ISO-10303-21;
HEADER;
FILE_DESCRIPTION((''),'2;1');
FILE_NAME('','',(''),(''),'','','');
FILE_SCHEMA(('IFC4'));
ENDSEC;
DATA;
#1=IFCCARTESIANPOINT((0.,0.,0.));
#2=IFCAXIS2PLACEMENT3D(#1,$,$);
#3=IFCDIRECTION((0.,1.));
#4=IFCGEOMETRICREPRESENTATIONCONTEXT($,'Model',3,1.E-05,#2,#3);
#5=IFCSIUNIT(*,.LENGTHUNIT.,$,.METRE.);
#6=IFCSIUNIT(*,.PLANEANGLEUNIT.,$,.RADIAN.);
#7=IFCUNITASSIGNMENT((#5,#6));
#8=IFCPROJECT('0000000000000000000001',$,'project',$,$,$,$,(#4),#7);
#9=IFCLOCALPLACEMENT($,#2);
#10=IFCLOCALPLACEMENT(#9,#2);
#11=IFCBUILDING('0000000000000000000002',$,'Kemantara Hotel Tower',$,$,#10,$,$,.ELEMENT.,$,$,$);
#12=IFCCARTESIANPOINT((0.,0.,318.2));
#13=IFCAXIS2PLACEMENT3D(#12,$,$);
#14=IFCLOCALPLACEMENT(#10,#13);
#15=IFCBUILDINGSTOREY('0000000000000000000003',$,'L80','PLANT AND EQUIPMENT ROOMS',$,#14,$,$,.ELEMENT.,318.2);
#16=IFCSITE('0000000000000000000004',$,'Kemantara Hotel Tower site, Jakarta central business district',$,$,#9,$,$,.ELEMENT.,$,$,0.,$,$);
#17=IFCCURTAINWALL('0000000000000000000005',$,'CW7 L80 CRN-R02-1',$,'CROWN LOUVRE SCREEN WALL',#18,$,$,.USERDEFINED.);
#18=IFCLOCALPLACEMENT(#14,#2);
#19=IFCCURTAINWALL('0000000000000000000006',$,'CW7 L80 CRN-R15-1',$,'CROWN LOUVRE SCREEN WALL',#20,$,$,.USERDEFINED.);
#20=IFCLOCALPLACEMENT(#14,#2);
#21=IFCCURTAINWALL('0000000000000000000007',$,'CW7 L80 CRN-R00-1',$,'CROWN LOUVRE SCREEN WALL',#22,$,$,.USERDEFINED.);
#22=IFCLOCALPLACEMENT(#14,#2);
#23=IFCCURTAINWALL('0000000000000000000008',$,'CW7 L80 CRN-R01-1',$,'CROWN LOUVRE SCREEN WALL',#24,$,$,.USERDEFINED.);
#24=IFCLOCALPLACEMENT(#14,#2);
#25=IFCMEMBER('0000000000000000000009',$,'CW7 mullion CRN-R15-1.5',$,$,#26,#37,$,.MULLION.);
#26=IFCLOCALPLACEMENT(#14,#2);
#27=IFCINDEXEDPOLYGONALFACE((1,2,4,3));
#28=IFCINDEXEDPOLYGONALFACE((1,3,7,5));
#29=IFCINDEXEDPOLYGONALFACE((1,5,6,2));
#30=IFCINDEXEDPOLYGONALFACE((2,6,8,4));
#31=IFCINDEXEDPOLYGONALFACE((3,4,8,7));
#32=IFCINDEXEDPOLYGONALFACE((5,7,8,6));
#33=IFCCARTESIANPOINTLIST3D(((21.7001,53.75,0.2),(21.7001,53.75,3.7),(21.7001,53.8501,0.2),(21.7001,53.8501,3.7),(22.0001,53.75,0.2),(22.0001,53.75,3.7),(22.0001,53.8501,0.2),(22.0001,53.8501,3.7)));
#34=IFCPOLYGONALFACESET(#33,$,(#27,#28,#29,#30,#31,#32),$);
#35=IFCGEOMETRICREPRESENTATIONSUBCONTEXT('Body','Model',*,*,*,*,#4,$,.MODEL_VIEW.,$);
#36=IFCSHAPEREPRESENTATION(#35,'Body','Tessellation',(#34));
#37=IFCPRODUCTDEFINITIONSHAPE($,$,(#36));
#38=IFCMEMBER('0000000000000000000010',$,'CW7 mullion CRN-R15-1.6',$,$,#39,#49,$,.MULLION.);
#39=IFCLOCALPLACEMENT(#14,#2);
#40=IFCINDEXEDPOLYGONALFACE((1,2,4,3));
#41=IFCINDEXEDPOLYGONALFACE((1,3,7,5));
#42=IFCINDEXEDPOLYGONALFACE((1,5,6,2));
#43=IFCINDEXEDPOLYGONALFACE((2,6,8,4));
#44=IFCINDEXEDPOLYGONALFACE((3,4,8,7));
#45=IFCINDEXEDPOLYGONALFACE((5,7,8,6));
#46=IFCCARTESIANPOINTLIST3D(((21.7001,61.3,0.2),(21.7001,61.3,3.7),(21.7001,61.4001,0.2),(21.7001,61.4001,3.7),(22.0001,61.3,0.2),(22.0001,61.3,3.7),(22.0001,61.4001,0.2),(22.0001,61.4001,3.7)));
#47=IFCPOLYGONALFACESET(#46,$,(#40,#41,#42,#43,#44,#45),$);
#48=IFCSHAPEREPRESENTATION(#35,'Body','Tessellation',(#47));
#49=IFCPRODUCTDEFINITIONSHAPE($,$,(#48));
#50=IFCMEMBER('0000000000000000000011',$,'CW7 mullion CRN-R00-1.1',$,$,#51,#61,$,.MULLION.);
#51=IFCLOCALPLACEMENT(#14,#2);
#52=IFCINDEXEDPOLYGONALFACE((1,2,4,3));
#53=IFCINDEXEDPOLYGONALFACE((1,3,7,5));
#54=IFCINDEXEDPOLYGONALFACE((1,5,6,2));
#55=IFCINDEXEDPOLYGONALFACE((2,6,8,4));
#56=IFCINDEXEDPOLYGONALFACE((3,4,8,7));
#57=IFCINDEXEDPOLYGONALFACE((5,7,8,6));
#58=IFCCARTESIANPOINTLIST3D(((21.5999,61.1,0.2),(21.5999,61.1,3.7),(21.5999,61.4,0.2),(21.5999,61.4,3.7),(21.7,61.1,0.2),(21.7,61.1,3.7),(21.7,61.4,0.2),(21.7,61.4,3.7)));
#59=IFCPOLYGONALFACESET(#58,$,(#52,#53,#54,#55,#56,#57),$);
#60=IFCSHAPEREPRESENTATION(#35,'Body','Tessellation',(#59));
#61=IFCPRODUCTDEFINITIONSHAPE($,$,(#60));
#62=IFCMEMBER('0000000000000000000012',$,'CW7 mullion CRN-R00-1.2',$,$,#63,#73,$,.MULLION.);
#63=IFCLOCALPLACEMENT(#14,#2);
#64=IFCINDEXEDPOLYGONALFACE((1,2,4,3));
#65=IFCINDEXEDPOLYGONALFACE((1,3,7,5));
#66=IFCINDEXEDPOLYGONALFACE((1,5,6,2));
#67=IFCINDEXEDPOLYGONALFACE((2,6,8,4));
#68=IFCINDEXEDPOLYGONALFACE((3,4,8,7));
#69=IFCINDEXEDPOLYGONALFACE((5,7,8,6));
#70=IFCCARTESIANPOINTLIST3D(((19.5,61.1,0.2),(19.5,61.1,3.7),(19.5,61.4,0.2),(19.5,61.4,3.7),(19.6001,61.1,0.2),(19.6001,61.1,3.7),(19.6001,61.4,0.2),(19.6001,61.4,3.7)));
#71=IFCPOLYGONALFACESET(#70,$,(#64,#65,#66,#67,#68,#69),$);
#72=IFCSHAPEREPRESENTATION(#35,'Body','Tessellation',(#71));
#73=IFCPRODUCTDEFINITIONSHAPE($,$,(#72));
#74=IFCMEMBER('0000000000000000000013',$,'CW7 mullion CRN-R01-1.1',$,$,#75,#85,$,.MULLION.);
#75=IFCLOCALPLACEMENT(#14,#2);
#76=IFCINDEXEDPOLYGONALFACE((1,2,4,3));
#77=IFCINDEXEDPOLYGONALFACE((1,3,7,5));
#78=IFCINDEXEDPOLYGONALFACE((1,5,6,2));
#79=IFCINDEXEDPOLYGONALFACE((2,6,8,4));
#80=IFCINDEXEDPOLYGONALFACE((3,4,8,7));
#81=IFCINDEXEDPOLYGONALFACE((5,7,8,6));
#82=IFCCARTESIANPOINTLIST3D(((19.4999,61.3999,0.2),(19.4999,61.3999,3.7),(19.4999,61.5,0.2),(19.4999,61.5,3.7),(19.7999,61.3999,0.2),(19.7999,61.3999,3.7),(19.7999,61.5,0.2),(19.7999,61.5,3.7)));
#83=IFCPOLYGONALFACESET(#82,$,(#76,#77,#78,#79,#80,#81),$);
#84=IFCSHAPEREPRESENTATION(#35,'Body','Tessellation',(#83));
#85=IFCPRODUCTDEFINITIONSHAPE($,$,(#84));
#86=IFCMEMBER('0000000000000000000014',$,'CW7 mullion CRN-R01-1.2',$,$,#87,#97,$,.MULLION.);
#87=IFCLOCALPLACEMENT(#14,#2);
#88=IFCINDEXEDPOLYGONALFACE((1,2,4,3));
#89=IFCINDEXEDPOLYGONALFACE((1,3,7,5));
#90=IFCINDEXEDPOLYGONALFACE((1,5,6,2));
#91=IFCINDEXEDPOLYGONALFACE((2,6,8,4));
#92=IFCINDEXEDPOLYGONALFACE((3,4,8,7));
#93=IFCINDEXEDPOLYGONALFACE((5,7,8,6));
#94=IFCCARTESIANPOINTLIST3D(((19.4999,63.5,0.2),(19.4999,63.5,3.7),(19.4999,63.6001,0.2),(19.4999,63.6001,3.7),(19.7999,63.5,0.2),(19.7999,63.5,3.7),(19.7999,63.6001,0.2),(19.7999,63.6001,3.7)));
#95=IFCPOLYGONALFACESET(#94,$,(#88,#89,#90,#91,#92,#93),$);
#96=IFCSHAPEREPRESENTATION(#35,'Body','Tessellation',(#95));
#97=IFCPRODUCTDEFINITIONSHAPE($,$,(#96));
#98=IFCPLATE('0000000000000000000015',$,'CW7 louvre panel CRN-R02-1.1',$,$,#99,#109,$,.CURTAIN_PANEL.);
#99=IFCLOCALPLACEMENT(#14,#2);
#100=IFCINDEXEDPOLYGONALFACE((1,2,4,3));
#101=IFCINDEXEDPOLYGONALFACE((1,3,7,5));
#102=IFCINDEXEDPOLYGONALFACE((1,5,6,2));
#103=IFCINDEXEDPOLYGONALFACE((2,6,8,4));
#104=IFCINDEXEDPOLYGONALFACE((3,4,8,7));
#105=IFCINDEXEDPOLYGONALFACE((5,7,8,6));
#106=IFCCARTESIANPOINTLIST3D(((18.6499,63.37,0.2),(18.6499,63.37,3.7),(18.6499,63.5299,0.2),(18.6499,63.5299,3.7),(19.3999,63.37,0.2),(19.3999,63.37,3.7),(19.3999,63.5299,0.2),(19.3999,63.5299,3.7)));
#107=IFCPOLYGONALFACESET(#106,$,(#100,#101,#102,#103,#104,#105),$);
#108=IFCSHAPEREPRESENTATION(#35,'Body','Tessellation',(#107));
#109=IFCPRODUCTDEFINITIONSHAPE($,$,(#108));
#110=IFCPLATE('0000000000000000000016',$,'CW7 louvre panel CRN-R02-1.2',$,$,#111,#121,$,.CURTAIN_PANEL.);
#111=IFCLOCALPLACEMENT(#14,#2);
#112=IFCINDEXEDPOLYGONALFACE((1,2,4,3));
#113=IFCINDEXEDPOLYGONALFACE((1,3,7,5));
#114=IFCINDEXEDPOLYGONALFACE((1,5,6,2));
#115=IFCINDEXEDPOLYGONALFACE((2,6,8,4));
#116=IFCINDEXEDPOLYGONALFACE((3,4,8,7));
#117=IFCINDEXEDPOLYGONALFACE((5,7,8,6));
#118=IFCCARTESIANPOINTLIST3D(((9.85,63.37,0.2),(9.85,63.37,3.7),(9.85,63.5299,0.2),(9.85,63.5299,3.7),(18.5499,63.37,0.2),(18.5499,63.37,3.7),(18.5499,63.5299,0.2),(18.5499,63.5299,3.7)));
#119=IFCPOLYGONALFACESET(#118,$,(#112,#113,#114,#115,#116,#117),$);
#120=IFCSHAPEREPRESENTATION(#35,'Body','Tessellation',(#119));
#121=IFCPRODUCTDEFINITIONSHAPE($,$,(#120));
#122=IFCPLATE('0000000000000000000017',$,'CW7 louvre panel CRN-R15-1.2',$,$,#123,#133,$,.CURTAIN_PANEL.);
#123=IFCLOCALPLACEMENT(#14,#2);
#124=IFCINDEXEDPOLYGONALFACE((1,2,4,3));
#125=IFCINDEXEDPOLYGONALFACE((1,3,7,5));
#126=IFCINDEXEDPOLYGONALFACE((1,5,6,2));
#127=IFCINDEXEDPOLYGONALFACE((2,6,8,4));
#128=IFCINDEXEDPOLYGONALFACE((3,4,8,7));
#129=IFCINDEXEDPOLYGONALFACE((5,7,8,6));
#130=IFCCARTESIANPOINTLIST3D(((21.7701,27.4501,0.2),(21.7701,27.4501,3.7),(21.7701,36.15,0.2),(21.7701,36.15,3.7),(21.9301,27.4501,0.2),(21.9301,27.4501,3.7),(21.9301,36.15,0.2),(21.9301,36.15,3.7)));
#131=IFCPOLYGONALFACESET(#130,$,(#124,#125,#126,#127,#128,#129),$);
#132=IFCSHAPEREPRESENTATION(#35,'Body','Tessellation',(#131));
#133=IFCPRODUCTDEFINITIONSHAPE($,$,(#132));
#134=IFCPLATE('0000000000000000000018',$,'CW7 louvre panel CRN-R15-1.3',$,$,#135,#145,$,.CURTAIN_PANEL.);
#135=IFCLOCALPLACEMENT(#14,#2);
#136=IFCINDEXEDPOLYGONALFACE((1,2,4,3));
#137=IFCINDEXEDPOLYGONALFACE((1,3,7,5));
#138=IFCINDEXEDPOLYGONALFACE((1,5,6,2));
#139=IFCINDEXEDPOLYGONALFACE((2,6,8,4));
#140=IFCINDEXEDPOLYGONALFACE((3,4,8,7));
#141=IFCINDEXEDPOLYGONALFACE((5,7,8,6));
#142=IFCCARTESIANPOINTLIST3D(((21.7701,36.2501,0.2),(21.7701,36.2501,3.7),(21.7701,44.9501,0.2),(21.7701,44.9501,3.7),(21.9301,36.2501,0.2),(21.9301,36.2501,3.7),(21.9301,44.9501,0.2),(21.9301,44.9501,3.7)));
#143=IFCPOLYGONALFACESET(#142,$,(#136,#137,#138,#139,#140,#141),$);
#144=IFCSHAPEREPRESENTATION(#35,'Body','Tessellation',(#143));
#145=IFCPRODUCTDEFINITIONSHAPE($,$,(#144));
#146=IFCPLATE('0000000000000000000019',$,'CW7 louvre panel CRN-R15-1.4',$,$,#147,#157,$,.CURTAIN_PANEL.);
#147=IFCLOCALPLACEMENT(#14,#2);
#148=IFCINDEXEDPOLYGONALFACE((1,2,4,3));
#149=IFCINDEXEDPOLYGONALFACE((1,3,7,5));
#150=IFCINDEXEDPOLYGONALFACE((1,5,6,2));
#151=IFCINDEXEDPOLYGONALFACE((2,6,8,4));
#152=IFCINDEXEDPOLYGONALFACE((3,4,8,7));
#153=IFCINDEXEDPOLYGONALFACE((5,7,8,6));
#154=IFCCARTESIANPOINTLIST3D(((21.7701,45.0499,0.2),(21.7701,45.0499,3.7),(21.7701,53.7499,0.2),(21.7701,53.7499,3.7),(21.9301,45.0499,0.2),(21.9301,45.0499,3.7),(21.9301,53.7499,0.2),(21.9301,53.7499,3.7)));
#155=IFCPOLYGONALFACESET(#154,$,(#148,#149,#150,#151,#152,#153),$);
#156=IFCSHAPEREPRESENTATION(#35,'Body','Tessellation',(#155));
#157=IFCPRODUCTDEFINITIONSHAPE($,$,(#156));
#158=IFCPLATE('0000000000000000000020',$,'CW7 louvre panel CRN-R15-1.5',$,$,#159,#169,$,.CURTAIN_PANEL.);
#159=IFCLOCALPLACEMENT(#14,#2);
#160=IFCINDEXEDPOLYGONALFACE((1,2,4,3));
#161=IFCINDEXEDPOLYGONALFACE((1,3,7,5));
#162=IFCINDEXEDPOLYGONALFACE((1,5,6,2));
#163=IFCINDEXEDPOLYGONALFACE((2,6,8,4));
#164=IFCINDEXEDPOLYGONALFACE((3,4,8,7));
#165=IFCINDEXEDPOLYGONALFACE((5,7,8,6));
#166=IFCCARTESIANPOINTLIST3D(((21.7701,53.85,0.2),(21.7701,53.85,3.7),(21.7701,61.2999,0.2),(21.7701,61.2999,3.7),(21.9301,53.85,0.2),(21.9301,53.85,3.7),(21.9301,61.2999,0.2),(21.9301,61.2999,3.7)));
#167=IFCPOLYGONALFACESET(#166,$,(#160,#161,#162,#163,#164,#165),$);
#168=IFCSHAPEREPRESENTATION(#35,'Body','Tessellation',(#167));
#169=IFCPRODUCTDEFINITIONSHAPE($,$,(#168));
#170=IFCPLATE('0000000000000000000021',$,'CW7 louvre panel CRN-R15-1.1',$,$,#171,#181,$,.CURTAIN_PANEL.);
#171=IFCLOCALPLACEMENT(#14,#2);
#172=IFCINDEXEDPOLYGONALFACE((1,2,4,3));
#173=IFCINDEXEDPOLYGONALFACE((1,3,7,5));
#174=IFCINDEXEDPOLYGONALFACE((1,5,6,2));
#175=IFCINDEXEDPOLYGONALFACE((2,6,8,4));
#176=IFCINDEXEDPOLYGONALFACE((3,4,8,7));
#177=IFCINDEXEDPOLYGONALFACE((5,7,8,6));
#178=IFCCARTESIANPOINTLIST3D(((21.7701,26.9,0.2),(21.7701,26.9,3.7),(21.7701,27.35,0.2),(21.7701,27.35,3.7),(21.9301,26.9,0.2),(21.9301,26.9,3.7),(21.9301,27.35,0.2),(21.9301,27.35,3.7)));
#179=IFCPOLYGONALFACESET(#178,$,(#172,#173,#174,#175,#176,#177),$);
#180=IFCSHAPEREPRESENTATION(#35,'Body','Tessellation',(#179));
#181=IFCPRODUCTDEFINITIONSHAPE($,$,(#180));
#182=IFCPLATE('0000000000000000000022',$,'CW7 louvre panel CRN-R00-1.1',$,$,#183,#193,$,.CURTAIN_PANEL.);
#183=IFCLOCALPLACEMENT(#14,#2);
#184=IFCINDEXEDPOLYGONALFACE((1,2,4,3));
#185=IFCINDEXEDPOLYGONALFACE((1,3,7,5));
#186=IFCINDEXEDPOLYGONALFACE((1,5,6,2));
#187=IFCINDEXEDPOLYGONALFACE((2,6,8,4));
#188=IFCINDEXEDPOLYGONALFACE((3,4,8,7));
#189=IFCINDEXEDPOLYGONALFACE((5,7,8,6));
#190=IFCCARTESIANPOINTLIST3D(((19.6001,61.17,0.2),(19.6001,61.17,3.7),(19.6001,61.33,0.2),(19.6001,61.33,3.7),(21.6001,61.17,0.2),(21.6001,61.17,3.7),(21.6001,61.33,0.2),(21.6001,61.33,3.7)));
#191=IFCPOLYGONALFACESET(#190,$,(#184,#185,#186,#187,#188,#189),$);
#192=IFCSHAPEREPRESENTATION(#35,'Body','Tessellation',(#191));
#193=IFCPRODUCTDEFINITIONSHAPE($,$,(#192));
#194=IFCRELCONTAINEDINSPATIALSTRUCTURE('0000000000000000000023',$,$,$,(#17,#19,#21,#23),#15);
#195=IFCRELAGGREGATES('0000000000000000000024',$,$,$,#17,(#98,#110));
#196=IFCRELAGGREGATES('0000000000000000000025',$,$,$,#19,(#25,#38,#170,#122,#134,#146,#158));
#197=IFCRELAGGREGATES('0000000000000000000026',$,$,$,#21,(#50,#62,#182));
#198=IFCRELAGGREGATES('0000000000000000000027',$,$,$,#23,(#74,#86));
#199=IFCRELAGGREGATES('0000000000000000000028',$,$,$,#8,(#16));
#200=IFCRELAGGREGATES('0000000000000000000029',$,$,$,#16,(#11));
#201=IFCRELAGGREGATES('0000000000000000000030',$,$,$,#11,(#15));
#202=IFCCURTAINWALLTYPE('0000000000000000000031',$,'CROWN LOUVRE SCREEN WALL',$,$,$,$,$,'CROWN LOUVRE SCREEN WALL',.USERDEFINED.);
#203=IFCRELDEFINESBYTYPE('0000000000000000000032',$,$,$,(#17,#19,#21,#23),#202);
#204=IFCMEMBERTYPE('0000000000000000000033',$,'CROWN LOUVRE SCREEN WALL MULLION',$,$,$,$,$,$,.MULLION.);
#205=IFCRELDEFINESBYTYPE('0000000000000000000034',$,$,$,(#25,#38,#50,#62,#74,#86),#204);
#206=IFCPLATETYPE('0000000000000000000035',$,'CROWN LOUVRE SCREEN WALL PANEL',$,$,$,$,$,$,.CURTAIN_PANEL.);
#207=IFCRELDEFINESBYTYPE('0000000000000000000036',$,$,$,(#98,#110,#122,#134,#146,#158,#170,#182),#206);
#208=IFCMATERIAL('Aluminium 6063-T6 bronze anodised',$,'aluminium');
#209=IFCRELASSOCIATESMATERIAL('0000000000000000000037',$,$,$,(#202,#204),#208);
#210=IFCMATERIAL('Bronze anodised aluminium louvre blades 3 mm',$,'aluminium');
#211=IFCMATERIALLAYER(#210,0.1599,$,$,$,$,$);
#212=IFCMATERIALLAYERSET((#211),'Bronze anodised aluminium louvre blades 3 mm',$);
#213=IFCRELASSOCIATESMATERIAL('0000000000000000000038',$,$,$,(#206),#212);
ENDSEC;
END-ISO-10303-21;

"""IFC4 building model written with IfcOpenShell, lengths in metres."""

from ifc_helpers import new_model, si_unit, direction, frame, origin, origin_2d, place, context, subcontext, project, spatial, rectangle, extrude, source, transform, mapped, material, layer, layer_set, material_profile, profile_set, type_object, element, aggregate, save


model = new_model("IFC4")

# Units and contexts
model_context = context("Model", 3, precision=1e-05, world=origin(), true_north=direction((0.0, 1.0)))
body_context = subcontext(model_context, "Body", "Model", "MODEL_VIEW")
ifc_project = project(units=[si_unit("LENGTHUNIT", "METRE"), si_unit("PLANEANGLEUNIT", "RADIAN")], contexts=[model_context])

# Site, building, storey
site_placement = place(None, origin())
site = spatial("IfcSite", under=ifc_project, at=site_placement, Name="Kemantara Hotel Tower site, Jakarta central business district", CompositionType="ELEMENT", RefElevation=0.0)
building_placement = place(site_placement, origin())
building = spatial("IfcBuilding", under=site, at=building_placement, Name="Kemantara Hotel Tower", CompositionType="ELEMENT")
storey_placement = place(building_placement, frame((0.0, 0.0, 318.2)))
storey = spatial("IfcBuildingStorey", under=building, at=storey_placement, Name="L80", Description="PLANT AND EQUIPMENT ROOMS", CompositionType="ELEMENT", Elevation=318.2)

# Curtain walls
ifc_material_1 = material(Name="Aluminium 6063-T6 bronze anodised", Category="aluminium")
curtain_wall_type = type_object("IfcCurtainWallType", Name="CROWN LOUVRE SCREEN WALL", ElementType="CROWN LOUVRE SCREEN WALL", PredefinedType="USERDEFINED", material=ifc_material_1)
curtain_wall_1_placement = place(storey_placement, origin())
curtain_wall_1 = element("IfcCurtainWall", 1, at=curtain_wall_1_placement, inside=storey, type_object=curtain_wall_type, Name="CW7 L80 CRN-R02-1", ObjectType="CROWN LOUVRE SCREEN WALL", PredefinedType="USERDEFINED")
curtain_wall_2_placement = place(storey_placement, origin())
curtain_wall_2 = element("IfcCurtainWall", 2, at=curtain_wall_2_placement, inside=storey, type_object=curtain_wall_type, Name="CW7 L80 CRN-R15-1", ObjectType="CROWN LOUVRE SCREEN WALL", PredefinedType="USERDEFINED")
curtain_wall_3_placement = place(storey_placement, origin())
curtain_wall_3 = element("IfcCurtainWall", 3, at=curtain_wall_3_placement, inside=storey, type_object=curtain_wall_type, Name="CW7 L80 CRN-R00-1", ObjectType="CROWN LOUVRE SCREEN WALL", PredefinedType="USERDEFINED")
curtain_wall_4_placement = place(storey_placement, origin())
curtain_wall_4 = element("IfcCurtainWall", 4, at=curtain_wall_4_placement, inside=storey, type_object=curtain_wall_type, Name="CW7 L80 CRN-R01-1", ObjectType="CROWN LOUVRE SCREEN WALL", PredefinedType="USERDEFINED")

# Members
ifc_material_profile_1 = material_profile(ifc_material_1, rectangle(XDim=0.3, YDim=0.1001, at=origin_2d()), Name="CROWN LOUVRE SCREEN WALL MULLION")
ifc_profile_set_1 = profile_set([ifc_material_profile_1], Name="Aluminium 6063-T6 bronze anodised")
member_type_1 = type_object("IfcMemberType", Name="CROWN LOUVRE SCREEN WALL MULLION", PredefinedType="MULLION", material=ifc_profile_set_1)
shared_shape_1 = source(origin(), body_context, "Body", "SweptSolid", [
    extrude(rectangle(XDim=0.3, YDim=0.1001, at=origin_2d()), origin(), (0.0, 0.0, 1.0), 3.5),
])
member_1_placement = place(storey_placement, frame((21.8501, 53.8, 0.2), z_axis=(0.0, 0.0, 1.0), x_axis=(-1.0, 0.0, 0.0)))
member_1 = element("IfcMember", 5, at=member_1_placement, type_object=member_type_1, Name="CW7 mullion CRN-R15-1.5", PredefinedType="MULLION", context=body_context, shape_type="MappedRepresentation", body=[
    mapped(shared_shape_1, transform((0.0, 0.0, 0.0))),
])
member_2_placement = place(storey_placement, frame((21.8501, 61.3501, 0.2), z_axis=(0.0, 0.0, 1.0), x_axis=(-1.0, 0.0, 0.0)))
member_2 = element("IfcMember", 6, at=member_2_placement, type_object=member_type_1, Name="CW7 mullion CRN-R15-1.6", PredefinedType="MULLION", context=body_context, shape_type="MappedRepresentation", body=[
    mapped(shared_shape_1, transform((0.0, 0.0, 0.0))),
])
member_3_placement = place(storey_placement, frame((21.6499, 61.25, 0.2), z_axis=(0.0, 0.0, 1.0), x_axis=(0.0, -1.0, 0.0)))
member_3 = element("IfcMember", 7, at=member_3_placement, type_object=member_type_1, Name="CW7 mullion CRN-R00-1.1", PredefinedType="MULLION", context=body_context, shape_type="MappedRepresentation", body=[
    mapped(shared_shape_1, transform((0.0, 0.0, 0.0))),
])
member_4_placement = place(storey_placement, frame((19.55, 61.25, 0.2), z_axis=(0.0, 0.0, 1.0), x_axis=(0.0, -1.0, 0.0)))
member_4 = element("IfcMember", 8, at=member_4_placement, type_object=member_type_1, Name="CW7 mullion CRN-R00-1.2", PredefinedType="MULLION", context=body_context, shape_type="MappedRepresentation", body=[
    mapped(shared_shape_1, transform((0.0, 0.0, 0.0))),
])
member_5_placement = place(storey_placement, frame((19.6499, 61.45, 0.2), z_axis=(0.0, 0.0, 1.0), x_axis=(-1.0, 0.0, 0.0)))
member_5 = element("IfcMember", 9, at=member_5_placement, type_object=member_type_1, Name="CW7 mullion CRN-R01-1.1", PredefinedType="MULLION", context=body_context, shape_type="MappedRepresentation", body=[
    mapped(shared_shape_1, transform((0.0, 0.0, 0.0))),
])
member_6_placement = place(storey_placement, frame((19.6499, 63.55, 0.2), z_axis=(0.0, 0.0, 1.0), x_axis=(-1.0, 0.0, 0.0)))
member_6 = element("IfcMember", 10, at=member_6_placement, type_object=member_type_1, Name="CW7 mullion CRN-R01-1.2", PredefinedType="MULLION", context=body_context, shape_type="MappedRepresentation", body=[
    mapped(shared_shape_1, transform((0.0, 0.0, 0.0))),
])

# Plates
ifc_material_2 = material(Name="Bronze anodised aluminium louvre blades 3 mm", Category="aluminium")
ifc_layer = layer(ifc_material_2, 0.1599)
ifc_layer_set = layer_set([ifc_layer], Name="Bronze anodised aluminium louvre blades 3 mm")
plate_type = type_object("IfcPlateType", Name="CROWN LOUVRE SCREEN WALL PANEL", PredefinedType="CURTAIN_PANEL", material=ifc_layer_set)
shared_shape_2 = source(origin(), body_context, "Body", "SweptSolid", [
    extrude(rectangle(XDim=0.75, YDim=0.1599, at=origin_2d()), origin(), (0.0, 0.0, 1.0), 3.5),
])
plate_1_placement = place(storey_placement, frame((19.0249, 63.45, 0.2), z_axis=(0.0, 0.0, 1.0), x_axis=(-1.0, 0.0, 0.0)))
plate_1 = element("IfcPlate", 11, at=plate_1_placement, type_object=plate_type, Name="CW7 louvre panel CRN-R02-1.1", PredefinedType="CURTAIN_PANEL", context=body_context, shape_type="MappedRepresentation", body=[
    mapped(shared_shape_2, transform((0.0, 0.0, 0.0))),
])
shared_shape_3 = source(origin(), body_context, "Body", "SweptSolid", [
    extrude(rectangle(XDim=8.7, YDim=0.1599, at=origin_2d()), origin(), (0.0, 0.0, 1.0), 3.5),
])
plate_2_placement = place(storey_placement, frame((14.2, 63.45, 0.2), z_axis=(0.0, 0.0, 1.0), x_axis=(-1.0, 0.0, 0.0)))
plate_2 = element("IfcPlate", 12, at=plate_2_placement, type_object=plate_type, Name="CW7 louvre panel CRN-R02-1.2", PredefinedType="CURTAIN_PANEL", context=body_context, shape_type="MappedRepresentation", body=[
    mapped(shared_shape_3, transform((0.0, 0.0, 0.0))),
])
aggregate(curtain_wall_1, [plate_1, plate_2])
plate_3_placement = place(storey_placement, frame((21.8501, 31.8, 0.2), z_axis=(0.0, 0.0, 1.0), x_axis=(0.0, 1.0, 0.0)))
plate_3 = element("IfcPlate", 13, at=plate_3_placement, type_object=plate_type, Name="CW7 louvre panel CRN-R15-1.2", PredefinedType="CURTAIN_PANEL", context=body_context, shape_type="MappedRepresentation", body=[
    mapped(shared_shape_3, transform((0.0, 0.0, 0.0))),
])
plate_4_placement = place(storey_placement, frame((21.8501, 40.6001, 0.2), z_axis=(0.0, 0.0, 1.0), x_axis=(0.0, 1.0, 0.0)))
plate_4 = element("IfcPlate", 14, at=plate_4_placement, type_object=plate_type, Name="CW7 louvre panel CRN-R15-1.3", PredefinedType="CURTAIN_PANEL", context=body_context, shape_type="MappedRepresentation", body=[
    mapped(shared_shape_3, transform((0.0, 0.0, 0.0))),
])
plate_5_placement = place(storey_placement, frame((21.8501, 49.3999, 0.2), z_axis=(0.0, 0.0, 1.0), x_axis=(0.0, 1.0, 0.0)))
plate_5 = element("IfcPlate", 15, at=plate_5_placement, type_object=plate_type, Name="CW7 louvre panel CRN-R15-1.4", PredefinedType="CURTAIN_PANEL", context=body_context, shape_type="MappedRepresentation", body=[
    mapped(shared_shape_3, transform((0.0, 0.0, 0.0))),
])
shared_shape_4 = source(origin(), body_context, "Body", "SweptSolid", [
    extrude(rectangle(XDim=7.45, YDim=0.1599, at=origin_2d()), origin(), (0.0, 0.0, 1.0), 3.5),
])
plate_6_placement = place(storey_placement, frame((21.8501, 57.575, 0.2), z_axis=(0.0, 0.0, 1.0), x_axis=(0.0, 1.0, 0.0)))
plate_6 = element("IfcPlate", 16, at=plate_6_placement, type_object=plate_type, Name="CW7 louvre panel CRN-R15-1.5", PredefinedType="CURTAIN_PANEL", context=body_context, shape_type="MappedRepresentation", body=[
    mapped(shared_shape_4, transform((0.0, 0.0, 0.0))),
])
shared_shape_5 = source(origin(), body_context, "Body", "SweptSolid", [
    extrude(rectangle(XDim=0.45, YDim=0.1599, at=origin_2d()), origin(), (0.0, 0.0, 1.0), 3.5),
])
plate_7_placement = place(storey_placement, frame((21.8501, 27.125, 0.2), z_axis=(0.0, 0.0, 1.0), x_axis=(0.0, 1.0, 0.0)))
plate_7 = element("IfcPlate", 17, at=plate_7_placement, type_object=plate_type, Name="CW7 louvre panel CRN-R15-1.1", PredefinedType="CURTAIN_PANEL", context=body_context, shape_type="MappedRepresentation", body=[
    mapped(shared_shape_5, transform((0.0, 0.0, 0.0))),
])
aggregate(curtain_wall_2, [member_1, member_2, plate_7, plate_3, plate_4, plate_5, plate_6])
shared_shape_6 = source(origin(), body_context, "Body", "SweptSolid", [
    extrude(rectangle(XDim=2.0, YDim=0.1599, at=origin_2d()), origin(), (0.0, 0.0, 1.0), 3.5),
])
plate_8_placement = place(storey_placement, frame((20.6001, 61.25, 0.2), z_axis=(0.0, 0.0, 1.0), x_axis=(-1.0, 0.0, 0.0)))
plate_8 = element("IfcPlate", 18, at=plate_8_placement, type_object=plate_type, Name="CW7 louvre panel CRN-R00-1.1", PredefinedType="CURTAIN_PANEL", context=body_context, shape_type="MappedRepresentation", body=[
    mapped(shared_shape_6, transform((0.0, 0.0, 0.0))),
])
aggregate(curtain_wall_3, [member_3, member_4, plate_8])
aggregate(curtain_wall_4, [member_5, member_6])

save(model, "model.ifc")
